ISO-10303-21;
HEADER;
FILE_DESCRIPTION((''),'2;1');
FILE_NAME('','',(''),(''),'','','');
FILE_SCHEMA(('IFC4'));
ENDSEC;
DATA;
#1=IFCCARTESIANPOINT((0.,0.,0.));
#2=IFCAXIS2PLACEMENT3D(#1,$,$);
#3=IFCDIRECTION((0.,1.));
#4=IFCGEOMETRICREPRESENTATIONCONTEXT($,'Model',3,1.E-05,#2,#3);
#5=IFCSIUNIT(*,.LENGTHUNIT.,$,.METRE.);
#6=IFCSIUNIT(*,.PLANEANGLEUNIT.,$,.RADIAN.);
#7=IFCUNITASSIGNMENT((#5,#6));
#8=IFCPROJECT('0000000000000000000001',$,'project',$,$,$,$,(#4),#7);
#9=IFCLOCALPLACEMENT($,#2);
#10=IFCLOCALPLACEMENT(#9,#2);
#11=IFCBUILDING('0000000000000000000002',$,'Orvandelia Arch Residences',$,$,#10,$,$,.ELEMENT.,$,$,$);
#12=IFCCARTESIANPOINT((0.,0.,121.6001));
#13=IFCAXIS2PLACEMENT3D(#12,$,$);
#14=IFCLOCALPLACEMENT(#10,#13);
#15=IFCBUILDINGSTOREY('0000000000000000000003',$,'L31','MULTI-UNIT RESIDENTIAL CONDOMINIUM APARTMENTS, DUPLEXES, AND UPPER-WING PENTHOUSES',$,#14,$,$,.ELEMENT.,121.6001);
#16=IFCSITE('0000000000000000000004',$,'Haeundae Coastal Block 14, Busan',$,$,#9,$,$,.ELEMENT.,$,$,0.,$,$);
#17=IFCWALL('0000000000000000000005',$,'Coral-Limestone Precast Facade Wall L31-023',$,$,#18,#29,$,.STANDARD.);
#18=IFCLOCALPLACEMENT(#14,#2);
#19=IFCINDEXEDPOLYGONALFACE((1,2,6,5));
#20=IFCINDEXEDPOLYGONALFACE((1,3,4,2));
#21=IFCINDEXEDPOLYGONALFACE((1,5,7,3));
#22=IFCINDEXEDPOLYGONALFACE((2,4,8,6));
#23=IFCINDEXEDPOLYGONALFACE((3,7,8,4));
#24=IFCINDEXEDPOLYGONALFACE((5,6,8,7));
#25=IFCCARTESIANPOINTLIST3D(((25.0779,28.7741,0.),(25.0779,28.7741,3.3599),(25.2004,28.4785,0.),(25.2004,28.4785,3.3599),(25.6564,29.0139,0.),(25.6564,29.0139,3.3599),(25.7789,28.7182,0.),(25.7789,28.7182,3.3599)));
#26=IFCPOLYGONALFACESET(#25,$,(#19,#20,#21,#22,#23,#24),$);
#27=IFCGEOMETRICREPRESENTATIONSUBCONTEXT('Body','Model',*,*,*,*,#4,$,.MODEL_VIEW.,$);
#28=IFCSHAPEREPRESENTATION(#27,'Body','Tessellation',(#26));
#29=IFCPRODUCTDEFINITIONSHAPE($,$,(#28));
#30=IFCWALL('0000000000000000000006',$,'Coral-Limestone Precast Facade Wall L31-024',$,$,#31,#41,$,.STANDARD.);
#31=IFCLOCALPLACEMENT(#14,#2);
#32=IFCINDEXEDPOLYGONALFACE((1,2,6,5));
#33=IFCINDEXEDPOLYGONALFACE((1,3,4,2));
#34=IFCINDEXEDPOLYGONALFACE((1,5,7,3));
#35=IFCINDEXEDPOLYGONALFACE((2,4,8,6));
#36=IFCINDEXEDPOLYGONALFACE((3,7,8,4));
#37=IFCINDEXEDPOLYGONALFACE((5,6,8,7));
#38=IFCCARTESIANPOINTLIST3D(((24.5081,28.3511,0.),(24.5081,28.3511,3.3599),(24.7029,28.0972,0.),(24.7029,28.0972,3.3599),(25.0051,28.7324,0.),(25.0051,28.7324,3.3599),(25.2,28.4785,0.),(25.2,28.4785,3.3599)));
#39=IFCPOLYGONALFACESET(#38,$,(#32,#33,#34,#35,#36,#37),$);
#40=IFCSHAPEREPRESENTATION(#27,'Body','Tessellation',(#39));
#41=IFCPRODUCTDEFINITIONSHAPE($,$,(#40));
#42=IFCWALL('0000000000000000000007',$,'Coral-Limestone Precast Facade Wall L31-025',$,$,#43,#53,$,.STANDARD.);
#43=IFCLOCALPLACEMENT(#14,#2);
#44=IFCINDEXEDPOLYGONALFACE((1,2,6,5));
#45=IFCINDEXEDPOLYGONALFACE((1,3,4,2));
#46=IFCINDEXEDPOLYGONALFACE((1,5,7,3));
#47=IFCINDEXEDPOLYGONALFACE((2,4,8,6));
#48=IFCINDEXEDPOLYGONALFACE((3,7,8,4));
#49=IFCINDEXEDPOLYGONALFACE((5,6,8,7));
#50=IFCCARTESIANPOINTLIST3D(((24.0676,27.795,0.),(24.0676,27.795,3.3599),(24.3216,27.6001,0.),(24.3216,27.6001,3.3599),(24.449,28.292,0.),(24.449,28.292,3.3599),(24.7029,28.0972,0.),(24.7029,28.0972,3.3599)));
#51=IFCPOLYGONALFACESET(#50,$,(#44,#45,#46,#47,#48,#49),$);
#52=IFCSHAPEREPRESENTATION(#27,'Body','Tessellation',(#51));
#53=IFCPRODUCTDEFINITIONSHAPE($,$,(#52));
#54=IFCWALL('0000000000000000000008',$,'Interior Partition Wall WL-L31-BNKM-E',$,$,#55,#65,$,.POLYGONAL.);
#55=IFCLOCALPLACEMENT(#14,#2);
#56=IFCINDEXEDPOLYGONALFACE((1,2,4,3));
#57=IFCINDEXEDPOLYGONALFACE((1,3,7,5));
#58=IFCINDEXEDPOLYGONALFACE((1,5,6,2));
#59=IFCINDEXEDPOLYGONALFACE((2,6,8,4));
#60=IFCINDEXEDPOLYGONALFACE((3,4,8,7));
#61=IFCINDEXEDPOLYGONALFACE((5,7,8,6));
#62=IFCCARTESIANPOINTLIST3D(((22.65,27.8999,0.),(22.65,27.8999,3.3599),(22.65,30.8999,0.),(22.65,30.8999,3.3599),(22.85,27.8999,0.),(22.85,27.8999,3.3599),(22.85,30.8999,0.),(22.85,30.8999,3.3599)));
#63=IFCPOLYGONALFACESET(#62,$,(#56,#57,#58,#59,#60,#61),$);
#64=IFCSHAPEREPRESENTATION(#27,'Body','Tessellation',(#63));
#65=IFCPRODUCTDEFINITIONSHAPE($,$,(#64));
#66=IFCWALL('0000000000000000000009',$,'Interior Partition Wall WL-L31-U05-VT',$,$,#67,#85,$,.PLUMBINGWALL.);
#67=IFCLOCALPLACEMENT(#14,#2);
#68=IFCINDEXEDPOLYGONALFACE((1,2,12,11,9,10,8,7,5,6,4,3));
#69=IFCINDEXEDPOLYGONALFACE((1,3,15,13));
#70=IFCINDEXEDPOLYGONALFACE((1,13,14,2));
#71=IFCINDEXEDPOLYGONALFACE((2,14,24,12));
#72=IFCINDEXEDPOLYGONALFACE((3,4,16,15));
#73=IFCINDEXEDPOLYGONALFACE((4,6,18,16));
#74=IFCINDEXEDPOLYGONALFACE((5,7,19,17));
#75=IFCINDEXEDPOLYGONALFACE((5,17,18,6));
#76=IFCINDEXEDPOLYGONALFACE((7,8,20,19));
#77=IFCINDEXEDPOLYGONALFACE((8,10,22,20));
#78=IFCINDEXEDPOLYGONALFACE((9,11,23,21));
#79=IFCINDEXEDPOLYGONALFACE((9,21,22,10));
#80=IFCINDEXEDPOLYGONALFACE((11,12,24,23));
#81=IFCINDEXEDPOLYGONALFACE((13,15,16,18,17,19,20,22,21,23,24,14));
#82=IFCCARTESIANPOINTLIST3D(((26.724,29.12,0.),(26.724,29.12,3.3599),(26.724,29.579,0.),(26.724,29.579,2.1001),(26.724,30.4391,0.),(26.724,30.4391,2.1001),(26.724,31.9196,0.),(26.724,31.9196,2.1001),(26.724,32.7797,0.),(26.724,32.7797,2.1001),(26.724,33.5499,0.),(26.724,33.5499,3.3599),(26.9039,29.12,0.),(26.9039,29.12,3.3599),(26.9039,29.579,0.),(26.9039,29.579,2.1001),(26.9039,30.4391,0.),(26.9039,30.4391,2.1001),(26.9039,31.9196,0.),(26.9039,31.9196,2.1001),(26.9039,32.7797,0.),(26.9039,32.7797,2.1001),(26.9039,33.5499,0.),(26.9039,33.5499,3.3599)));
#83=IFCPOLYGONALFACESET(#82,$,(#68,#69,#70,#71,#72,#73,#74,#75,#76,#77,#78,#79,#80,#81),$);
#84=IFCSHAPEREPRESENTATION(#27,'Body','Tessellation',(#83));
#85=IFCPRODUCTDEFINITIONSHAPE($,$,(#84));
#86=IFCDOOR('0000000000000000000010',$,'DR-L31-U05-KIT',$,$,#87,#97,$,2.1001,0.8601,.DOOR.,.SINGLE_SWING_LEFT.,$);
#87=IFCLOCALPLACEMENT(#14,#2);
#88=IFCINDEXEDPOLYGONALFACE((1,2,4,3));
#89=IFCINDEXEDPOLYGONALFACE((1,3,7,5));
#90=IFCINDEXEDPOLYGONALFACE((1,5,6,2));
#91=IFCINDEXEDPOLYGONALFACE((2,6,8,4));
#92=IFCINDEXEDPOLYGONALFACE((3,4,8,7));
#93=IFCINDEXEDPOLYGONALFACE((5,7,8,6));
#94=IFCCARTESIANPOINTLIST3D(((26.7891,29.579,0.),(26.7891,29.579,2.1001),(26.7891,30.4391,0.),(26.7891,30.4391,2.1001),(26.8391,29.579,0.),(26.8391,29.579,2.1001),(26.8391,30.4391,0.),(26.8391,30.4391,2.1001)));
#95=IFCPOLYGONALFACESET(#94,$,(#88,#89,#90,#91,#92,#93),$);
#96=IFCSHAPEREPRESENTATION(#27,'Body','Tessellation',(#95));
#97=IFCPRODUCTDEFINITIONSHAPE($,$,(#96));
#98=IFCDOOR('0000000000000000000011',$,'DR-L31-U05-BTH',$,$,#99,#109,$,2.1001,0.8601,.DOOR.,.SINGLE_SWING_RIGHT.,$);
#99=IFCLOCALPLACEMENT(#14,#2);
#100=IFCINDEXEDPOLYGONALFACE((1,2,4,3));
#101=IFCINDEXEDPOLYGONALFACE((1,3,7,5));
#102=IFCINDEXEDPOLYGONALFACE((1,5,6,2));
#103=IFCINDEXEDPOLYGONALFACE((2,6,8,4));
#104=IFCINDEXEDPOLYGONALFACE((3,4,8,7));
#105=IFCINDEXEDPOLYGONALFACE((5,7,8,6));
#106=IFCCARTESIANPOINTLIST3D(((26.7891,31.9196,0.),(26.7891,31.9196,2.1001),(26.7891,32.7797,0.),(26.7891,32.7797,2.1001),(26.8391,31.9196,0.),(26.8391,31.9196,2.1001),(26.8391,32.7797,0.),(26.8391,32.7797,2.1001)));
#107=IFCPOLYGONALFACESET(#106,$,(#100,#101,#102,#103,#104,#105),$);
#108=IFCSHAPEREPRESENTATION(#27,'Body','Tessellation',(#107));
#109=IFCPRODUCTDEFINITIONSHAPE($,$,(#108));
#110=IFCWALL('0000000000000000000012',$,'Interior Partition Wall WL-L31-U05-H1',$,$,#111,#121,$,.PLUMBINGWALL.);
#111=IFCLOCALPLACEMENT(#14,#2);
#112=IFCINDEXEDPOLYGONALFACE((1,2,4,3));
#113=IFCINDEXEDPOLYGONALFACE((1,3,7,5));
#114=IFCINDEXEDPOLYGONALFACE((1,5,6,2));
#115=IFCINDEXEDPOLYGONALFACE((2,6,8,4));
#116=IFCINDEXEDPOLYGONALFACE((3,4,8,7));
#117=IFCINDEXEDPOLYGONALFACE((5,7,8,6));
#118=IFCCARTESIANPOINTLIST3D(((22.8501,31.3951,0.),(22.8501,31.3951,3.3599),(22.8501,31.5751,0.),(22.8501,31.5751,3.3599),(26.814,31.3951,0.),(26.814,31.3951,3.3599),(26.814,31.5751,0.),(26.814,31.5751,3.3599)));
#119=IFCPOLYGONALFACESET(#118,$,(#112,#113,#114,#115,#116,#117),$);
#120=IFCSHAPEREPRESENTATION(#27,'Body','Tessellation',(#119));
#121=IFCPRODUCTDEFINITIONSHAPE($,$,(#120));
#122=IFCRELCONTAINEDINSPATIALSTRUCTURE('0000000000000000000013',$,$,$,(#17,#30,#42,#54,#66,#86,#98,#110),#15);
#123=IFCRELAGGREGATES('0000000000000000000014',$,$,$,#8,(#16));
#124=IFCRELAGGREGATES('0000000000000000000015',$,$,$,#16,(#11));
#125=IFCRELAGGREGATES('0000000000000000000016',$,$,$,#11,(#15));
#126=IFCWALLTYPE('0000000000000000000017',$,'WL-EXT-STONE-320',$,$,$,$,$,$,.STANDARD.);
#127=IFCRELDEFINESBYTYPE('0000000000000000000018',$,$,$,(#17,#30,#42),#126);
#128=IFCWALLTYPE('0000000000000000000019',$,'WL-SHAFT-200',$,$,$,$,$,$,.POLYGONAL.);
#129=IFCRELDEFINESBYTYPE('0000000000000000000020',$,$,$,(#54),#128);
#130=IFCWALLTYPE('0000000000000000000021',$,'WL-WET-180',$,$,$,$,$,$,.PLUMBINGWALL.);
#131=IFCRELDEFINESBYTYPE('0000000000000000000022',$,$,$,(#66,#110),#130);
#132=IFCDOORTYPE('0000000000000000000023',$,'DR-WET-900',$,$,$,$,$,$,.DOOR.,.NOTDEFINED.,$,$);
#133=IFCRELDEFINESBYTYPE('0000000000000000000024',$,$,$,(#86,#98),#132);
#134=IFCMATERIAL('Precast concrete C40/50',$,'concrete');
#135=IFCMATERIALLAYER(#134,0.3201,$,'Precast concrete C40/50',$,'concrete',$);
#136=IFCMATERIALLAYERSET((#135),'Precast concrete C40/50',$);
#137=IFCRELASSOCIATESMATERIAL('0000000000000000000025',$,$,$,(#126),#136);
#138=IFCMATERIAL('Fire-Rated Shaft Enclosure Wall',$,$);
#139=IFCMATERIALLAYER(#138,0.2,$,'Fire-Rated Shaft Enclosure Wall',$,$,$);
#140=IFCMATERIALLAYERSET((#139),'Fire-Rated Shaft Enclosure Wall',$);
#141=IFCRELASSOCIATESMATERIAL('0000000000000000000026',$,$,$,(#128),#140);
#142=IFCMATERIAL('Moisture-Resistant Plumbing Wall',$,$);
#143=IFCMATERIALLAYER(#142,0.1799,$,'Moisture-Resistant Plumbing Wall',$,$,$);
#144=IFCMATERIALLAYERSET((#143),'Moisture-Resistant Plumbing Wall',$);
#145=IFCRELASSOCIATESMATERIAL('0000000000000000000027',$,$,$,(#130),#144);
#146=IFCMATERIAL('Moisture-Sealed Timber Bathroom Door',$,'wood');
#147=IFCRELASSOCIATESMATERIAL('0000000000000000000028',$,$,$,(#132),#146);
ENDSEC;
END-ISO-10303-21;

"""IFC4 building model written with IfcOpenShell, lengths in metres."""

from ifc_helpers import new_model, si_unit, direction, frame, frame_2d, origin, place, context, subcontext, project, spatial, rectangle, extrude, material, layer, layer_set, type_object, element, fill, save


model = new_model("IFC4")

# Units and contexts
model_context = context("Model", 3, precision=1e-05, world=origin(), true_north=direction((0.0, 1.0)))
body_context = subcontext(model_context, "Body", "Model", "MODEL_VIEW")
ifc_project = project(units=[si_unit("LENGTHUNIT", "METRE"), si_unit("PLANEANGLEUNIT", "RADIAN")], contexts=[model_context])

# Site, building, storey
site_placement = place(None, origin())
site = spatial("IfcSite", under=ifc_project, at=site_placement, Name="Haeundae Coastal Block 14, Busan", CompositionType="ELEMENT", RefElevation=0.0)
building_placement = place(site_placement, origin())
building = spatial("IfcBuilding", under=site, at=building_placement, Name="Orvandelia Arch Residences", CompositionType="ELEMENT")
storey_placement = place(building_placement, frame((0.0, 0.0, 121.6001)))
storey = spatial("IfcBuildingStorey", under=building, at=storey_placement, Name="L31", Description="MULTI-UNIT RESIDENTIAL CONDOMINIUM APARTMENTS, DUPLEXES, AND UPPER-WING PENTHOUSES", CompositionType="ELEMENT", Elevation=121.6001)

# Walls
ifc_material_1 = material(Name="Precast concrete C40/50", Category="concrete")
ifc_layer_1 = layer(ifc_material_1, 0.3201, Name="Precast concrete C40/50", Category="concrete")
ifc_layer_set_1 = layer_set([ifc_layer_1], Name="Precast concrete C40/50")
wall_type_1 = type_object("IfcWallType", Name="WL-EXT-STONE-320", PredefinedType="STANDARD", material=ifc_layer_set_1)
wall_1_placement = place(storey_placement, frame((25.7175, 28.866, 0.0), z_axis=(0.0, 0.0, 1.0), x_axis=(-0.923836, -0.382788, 0.0)))
element("IfcWall", 1, at=wall_1_placement, inside=storey, type_object=wall_type_1, Name="Coral-Limestone Precast Facade Wall L31-023", PredefinedType="STANDARD", context=body_context, shape_type="SweptSolid", body=[
    extrude(rectangle(XDim=0.6262, YDim=0.3201, at=frame_2d((0.313, 0.0))), origin(), (0.0, 0.0, 1.0), 3.3599),
])
for number, where, z_axis, x_axis, name in (
    (2, (25.1025, 28.6055, 0.0), (0.0, 0.0, 1.0), (-0.793406, -0.608693, 0.0), "Coral-Limestone Precast Facade Wall L31-024"),
    (3, (24.5759, 28.1946, 0.0), (0.0, 0.0, 1.0), (-0.608693, -0.793406, 0.0), "Coral-Limestone Precast Facade Wall L31-025"),
):
    element("IfcWall", number, at=place(storey_placement, frame(where, z_axis=z_axis, x_axis=x_axis)), inside=storey, type_object=wall_type_1, Name=name, PredefinedType="STANDARD", context=body_context, shape_type="SweptSolid", body=[
        extrude(rectangle(XDim=0.6265, YDim=0.3201, at=frame_2d((0.3132, 0.0))), origin(), (0.0, 0.0, 1.0), 3.3599),
    ])
ifc_material_2 = material(Name="Fire-Rated Shaft Enclosure Wall")
ifc_layer_2 = layer(ifc_material_2, 0.2, Name="Fire-Rated Shaft Enclosure Wall")
ifc_layer_set_2 = layer_set([ifc_layer_2], Name="Fire-Rated Shaft Enclosure Wall")
wall_type_2 = type_object("IfcWallType", Name="WL-SHAFT-200", PredefinedType="POLYGONAL", material=ifc_layer_set_2)
wall_2_placement = place(storey_placement, frame((22.75, 27.8999, 0.0), z_axis=(0.0, 0.0, 1.0), x_axis=(0.0, 1.0, 0.0)))
element("IfcWall", 4, at=wall_2_placement, inside=storey, type_object=wall_type_2, Name="Interior Partition Wall WL-L31-BNKM-E", PredefinedType="POLYGONAL", context=body_context, shape_type="SweptSolid", body=[
    extrude(rectangle(XDim=3.0, YDim=0.2, at=frame_2d((1.5, 0.0))), origin(), (0.0, 0.0, 1.0), 3.3599),
])

# Wall, openings, doors
ifc_material_3 = material(Name="Moisture-Resistant Plumbing Wall")
ifc_layer_3 = layer(ifc_material_3, 0.1799, Name="Moisture-Resistant Plumbing Wall")
ifc_layer_set_3 = layer_set([ifc_layer_3], Name="Moisture-Resistant Plumbing Wall")
wall_type_3 = type_object("IfcWallType", Name="WL-WET-180", PredefinedType="PLUMBINGWALL", material=ifc_layer_set_3)
wall_3_placement = place(storey_placement, frame((26.814, 29.1201, 0.0), z_axis=(0.0, 0.0, 1.0), x_axis=(0.0, 1.0, 0.0)))
wall_3 = element("IfcWall", 5, at=wall_3_placement, inside=storey, type_object=wall_type_3, Name="Interior Partition Wall WL-L31-U05-VT", PredefinedType="PLUMBINGWALL", context=body_context, shape_type="SweptSolid", body=[
    extrude(rectangle(XDim=4.4299, YDim=0.1799, at=frame_2d((2.2148, 0.0))), origin(), (0.0, 0.0, 1.0), 3.3599),
])
opening_1_placement = place(wall_3_placement, frame((0.4587, 0.0, 0.0)))
opening_1 = element("IfcOpeningElement", 6, at=opening_1_placement, cuts=wall_3, PredefinedType="OPENING", context=body_context, shape_type="SweptSolid", body=[
    extrude(rectangle(XDim=0.8601, YDim=2.1001, at=frame_2d((0.4302, 1.05))), frame((0.0, 0.1001, 0.0), z_axis=(0.0, -1.0, 0.0), x_axis=(1.0, 0.0, 0.0)), (0.0, 0.0, 1.0), 0.2),
])
opening_2_placement = place(wall_3_placement, frame((2.7993, 0.0, 0.0)))
opening_2 = element("IfcOpeningElement", 7, at=opening_2_placement, cuts=wall_3, PredefinedType="OPENING", context=body_context, shape_type="SweptSolid", body=[
    extrude(rectangle(XDim=0.8601, YDim=2.1001, at=frame_2d((0.4302, 1.05))), frame((0.0, 0.1001, 0.0), z_axis=(0.0, -1.0, 0.0), x_axis=(1.0, 0.0, 0.0)), (0.0, 0.0, 1.0), 0.2),
])
ifc_material_4 = material(Name="Moisture-Sealed Timber Bathroom Door", Category="wood")
door_type_1 = type_object("IfcDoorType", Name="DR-WET-900", OperationType="NOTDEFINED", PredefinedType="DOOR", material=ifc_material_4)
door_1_placement = place(opening_1_placement, origin())
door_1 = element("IfcDoor", 8, at=door_1_placement, inside=storey, type_object=door_type_1, Name="DR-L31-U05-KIT", OperationType="SINGLE_SWING_LEFT", OverallHeight=2.1001, OverallWidth=0.8601, PredefinedType="DOOR", context=body_context, shape_type="SweptSolid", body=[
    extrude(rectangle(XDim=0.8601, YDim=2.1001, at=frame_2d((0.4302, 1.05))), frame((0.0, 0.0249, 0.0), z_axis=(0.0, -1.0, 0.0), x_axis=(1.0, 0.0, 0.0)), (0.0, 0.0, 1.0), 0.05),
])
fill(opening_1, door_1)
door_2_placement = place(opening_2_placement, origin())
door_2 = element("IfcDoor", 9, at=door_2_placement, inside=storey, type_object=door_type_1, Name="DR-L31-U05-BTH", OperationType="SINGLE_SWING_RIGHT", OverallHeight=2.1001, OverallWidth=0.8601, PredefinedType="DOOR", context=body_context, shape_type="SweptSolid", body=[
    extrude(rectangle(XDim=0.8601, YDim=2.1001, at=frame_2d((0.4302, 1.05))), frame((0.0, 0.0249, 0.0), z_axis=(0.0, -1.0, 0.0), x_axis=(1.0, 0.0, 0.0)), (0.0, 0.0, 1.0), 0.05),
])
fill(opening_2, door_2)

# Wall
wall_4_placement = place(storey_placement, frame((22.8501, 31.4851, 0.0), z_axis=(0.0, 0.0, 1.0), x_axis=(1.0, 0.0, 0.0)))
element("IfcWall", 10, at=wall_4_placement, inside=storey, type_object=wall_type_3, Name="Interior Partition Wall WL-L31-U05-H1", PredefinedType="PLUMBINGWALL", context=body_context, shape_type="SweptSolid", body=[
    extrude(rectangle(XDim=3.9639, YDim=0.1799, at=frame_2d((1.9819, 0.0))), origin(), (0.0, 0.0, 1.0), 3.3599),
])

save(model, "model.ifc")
